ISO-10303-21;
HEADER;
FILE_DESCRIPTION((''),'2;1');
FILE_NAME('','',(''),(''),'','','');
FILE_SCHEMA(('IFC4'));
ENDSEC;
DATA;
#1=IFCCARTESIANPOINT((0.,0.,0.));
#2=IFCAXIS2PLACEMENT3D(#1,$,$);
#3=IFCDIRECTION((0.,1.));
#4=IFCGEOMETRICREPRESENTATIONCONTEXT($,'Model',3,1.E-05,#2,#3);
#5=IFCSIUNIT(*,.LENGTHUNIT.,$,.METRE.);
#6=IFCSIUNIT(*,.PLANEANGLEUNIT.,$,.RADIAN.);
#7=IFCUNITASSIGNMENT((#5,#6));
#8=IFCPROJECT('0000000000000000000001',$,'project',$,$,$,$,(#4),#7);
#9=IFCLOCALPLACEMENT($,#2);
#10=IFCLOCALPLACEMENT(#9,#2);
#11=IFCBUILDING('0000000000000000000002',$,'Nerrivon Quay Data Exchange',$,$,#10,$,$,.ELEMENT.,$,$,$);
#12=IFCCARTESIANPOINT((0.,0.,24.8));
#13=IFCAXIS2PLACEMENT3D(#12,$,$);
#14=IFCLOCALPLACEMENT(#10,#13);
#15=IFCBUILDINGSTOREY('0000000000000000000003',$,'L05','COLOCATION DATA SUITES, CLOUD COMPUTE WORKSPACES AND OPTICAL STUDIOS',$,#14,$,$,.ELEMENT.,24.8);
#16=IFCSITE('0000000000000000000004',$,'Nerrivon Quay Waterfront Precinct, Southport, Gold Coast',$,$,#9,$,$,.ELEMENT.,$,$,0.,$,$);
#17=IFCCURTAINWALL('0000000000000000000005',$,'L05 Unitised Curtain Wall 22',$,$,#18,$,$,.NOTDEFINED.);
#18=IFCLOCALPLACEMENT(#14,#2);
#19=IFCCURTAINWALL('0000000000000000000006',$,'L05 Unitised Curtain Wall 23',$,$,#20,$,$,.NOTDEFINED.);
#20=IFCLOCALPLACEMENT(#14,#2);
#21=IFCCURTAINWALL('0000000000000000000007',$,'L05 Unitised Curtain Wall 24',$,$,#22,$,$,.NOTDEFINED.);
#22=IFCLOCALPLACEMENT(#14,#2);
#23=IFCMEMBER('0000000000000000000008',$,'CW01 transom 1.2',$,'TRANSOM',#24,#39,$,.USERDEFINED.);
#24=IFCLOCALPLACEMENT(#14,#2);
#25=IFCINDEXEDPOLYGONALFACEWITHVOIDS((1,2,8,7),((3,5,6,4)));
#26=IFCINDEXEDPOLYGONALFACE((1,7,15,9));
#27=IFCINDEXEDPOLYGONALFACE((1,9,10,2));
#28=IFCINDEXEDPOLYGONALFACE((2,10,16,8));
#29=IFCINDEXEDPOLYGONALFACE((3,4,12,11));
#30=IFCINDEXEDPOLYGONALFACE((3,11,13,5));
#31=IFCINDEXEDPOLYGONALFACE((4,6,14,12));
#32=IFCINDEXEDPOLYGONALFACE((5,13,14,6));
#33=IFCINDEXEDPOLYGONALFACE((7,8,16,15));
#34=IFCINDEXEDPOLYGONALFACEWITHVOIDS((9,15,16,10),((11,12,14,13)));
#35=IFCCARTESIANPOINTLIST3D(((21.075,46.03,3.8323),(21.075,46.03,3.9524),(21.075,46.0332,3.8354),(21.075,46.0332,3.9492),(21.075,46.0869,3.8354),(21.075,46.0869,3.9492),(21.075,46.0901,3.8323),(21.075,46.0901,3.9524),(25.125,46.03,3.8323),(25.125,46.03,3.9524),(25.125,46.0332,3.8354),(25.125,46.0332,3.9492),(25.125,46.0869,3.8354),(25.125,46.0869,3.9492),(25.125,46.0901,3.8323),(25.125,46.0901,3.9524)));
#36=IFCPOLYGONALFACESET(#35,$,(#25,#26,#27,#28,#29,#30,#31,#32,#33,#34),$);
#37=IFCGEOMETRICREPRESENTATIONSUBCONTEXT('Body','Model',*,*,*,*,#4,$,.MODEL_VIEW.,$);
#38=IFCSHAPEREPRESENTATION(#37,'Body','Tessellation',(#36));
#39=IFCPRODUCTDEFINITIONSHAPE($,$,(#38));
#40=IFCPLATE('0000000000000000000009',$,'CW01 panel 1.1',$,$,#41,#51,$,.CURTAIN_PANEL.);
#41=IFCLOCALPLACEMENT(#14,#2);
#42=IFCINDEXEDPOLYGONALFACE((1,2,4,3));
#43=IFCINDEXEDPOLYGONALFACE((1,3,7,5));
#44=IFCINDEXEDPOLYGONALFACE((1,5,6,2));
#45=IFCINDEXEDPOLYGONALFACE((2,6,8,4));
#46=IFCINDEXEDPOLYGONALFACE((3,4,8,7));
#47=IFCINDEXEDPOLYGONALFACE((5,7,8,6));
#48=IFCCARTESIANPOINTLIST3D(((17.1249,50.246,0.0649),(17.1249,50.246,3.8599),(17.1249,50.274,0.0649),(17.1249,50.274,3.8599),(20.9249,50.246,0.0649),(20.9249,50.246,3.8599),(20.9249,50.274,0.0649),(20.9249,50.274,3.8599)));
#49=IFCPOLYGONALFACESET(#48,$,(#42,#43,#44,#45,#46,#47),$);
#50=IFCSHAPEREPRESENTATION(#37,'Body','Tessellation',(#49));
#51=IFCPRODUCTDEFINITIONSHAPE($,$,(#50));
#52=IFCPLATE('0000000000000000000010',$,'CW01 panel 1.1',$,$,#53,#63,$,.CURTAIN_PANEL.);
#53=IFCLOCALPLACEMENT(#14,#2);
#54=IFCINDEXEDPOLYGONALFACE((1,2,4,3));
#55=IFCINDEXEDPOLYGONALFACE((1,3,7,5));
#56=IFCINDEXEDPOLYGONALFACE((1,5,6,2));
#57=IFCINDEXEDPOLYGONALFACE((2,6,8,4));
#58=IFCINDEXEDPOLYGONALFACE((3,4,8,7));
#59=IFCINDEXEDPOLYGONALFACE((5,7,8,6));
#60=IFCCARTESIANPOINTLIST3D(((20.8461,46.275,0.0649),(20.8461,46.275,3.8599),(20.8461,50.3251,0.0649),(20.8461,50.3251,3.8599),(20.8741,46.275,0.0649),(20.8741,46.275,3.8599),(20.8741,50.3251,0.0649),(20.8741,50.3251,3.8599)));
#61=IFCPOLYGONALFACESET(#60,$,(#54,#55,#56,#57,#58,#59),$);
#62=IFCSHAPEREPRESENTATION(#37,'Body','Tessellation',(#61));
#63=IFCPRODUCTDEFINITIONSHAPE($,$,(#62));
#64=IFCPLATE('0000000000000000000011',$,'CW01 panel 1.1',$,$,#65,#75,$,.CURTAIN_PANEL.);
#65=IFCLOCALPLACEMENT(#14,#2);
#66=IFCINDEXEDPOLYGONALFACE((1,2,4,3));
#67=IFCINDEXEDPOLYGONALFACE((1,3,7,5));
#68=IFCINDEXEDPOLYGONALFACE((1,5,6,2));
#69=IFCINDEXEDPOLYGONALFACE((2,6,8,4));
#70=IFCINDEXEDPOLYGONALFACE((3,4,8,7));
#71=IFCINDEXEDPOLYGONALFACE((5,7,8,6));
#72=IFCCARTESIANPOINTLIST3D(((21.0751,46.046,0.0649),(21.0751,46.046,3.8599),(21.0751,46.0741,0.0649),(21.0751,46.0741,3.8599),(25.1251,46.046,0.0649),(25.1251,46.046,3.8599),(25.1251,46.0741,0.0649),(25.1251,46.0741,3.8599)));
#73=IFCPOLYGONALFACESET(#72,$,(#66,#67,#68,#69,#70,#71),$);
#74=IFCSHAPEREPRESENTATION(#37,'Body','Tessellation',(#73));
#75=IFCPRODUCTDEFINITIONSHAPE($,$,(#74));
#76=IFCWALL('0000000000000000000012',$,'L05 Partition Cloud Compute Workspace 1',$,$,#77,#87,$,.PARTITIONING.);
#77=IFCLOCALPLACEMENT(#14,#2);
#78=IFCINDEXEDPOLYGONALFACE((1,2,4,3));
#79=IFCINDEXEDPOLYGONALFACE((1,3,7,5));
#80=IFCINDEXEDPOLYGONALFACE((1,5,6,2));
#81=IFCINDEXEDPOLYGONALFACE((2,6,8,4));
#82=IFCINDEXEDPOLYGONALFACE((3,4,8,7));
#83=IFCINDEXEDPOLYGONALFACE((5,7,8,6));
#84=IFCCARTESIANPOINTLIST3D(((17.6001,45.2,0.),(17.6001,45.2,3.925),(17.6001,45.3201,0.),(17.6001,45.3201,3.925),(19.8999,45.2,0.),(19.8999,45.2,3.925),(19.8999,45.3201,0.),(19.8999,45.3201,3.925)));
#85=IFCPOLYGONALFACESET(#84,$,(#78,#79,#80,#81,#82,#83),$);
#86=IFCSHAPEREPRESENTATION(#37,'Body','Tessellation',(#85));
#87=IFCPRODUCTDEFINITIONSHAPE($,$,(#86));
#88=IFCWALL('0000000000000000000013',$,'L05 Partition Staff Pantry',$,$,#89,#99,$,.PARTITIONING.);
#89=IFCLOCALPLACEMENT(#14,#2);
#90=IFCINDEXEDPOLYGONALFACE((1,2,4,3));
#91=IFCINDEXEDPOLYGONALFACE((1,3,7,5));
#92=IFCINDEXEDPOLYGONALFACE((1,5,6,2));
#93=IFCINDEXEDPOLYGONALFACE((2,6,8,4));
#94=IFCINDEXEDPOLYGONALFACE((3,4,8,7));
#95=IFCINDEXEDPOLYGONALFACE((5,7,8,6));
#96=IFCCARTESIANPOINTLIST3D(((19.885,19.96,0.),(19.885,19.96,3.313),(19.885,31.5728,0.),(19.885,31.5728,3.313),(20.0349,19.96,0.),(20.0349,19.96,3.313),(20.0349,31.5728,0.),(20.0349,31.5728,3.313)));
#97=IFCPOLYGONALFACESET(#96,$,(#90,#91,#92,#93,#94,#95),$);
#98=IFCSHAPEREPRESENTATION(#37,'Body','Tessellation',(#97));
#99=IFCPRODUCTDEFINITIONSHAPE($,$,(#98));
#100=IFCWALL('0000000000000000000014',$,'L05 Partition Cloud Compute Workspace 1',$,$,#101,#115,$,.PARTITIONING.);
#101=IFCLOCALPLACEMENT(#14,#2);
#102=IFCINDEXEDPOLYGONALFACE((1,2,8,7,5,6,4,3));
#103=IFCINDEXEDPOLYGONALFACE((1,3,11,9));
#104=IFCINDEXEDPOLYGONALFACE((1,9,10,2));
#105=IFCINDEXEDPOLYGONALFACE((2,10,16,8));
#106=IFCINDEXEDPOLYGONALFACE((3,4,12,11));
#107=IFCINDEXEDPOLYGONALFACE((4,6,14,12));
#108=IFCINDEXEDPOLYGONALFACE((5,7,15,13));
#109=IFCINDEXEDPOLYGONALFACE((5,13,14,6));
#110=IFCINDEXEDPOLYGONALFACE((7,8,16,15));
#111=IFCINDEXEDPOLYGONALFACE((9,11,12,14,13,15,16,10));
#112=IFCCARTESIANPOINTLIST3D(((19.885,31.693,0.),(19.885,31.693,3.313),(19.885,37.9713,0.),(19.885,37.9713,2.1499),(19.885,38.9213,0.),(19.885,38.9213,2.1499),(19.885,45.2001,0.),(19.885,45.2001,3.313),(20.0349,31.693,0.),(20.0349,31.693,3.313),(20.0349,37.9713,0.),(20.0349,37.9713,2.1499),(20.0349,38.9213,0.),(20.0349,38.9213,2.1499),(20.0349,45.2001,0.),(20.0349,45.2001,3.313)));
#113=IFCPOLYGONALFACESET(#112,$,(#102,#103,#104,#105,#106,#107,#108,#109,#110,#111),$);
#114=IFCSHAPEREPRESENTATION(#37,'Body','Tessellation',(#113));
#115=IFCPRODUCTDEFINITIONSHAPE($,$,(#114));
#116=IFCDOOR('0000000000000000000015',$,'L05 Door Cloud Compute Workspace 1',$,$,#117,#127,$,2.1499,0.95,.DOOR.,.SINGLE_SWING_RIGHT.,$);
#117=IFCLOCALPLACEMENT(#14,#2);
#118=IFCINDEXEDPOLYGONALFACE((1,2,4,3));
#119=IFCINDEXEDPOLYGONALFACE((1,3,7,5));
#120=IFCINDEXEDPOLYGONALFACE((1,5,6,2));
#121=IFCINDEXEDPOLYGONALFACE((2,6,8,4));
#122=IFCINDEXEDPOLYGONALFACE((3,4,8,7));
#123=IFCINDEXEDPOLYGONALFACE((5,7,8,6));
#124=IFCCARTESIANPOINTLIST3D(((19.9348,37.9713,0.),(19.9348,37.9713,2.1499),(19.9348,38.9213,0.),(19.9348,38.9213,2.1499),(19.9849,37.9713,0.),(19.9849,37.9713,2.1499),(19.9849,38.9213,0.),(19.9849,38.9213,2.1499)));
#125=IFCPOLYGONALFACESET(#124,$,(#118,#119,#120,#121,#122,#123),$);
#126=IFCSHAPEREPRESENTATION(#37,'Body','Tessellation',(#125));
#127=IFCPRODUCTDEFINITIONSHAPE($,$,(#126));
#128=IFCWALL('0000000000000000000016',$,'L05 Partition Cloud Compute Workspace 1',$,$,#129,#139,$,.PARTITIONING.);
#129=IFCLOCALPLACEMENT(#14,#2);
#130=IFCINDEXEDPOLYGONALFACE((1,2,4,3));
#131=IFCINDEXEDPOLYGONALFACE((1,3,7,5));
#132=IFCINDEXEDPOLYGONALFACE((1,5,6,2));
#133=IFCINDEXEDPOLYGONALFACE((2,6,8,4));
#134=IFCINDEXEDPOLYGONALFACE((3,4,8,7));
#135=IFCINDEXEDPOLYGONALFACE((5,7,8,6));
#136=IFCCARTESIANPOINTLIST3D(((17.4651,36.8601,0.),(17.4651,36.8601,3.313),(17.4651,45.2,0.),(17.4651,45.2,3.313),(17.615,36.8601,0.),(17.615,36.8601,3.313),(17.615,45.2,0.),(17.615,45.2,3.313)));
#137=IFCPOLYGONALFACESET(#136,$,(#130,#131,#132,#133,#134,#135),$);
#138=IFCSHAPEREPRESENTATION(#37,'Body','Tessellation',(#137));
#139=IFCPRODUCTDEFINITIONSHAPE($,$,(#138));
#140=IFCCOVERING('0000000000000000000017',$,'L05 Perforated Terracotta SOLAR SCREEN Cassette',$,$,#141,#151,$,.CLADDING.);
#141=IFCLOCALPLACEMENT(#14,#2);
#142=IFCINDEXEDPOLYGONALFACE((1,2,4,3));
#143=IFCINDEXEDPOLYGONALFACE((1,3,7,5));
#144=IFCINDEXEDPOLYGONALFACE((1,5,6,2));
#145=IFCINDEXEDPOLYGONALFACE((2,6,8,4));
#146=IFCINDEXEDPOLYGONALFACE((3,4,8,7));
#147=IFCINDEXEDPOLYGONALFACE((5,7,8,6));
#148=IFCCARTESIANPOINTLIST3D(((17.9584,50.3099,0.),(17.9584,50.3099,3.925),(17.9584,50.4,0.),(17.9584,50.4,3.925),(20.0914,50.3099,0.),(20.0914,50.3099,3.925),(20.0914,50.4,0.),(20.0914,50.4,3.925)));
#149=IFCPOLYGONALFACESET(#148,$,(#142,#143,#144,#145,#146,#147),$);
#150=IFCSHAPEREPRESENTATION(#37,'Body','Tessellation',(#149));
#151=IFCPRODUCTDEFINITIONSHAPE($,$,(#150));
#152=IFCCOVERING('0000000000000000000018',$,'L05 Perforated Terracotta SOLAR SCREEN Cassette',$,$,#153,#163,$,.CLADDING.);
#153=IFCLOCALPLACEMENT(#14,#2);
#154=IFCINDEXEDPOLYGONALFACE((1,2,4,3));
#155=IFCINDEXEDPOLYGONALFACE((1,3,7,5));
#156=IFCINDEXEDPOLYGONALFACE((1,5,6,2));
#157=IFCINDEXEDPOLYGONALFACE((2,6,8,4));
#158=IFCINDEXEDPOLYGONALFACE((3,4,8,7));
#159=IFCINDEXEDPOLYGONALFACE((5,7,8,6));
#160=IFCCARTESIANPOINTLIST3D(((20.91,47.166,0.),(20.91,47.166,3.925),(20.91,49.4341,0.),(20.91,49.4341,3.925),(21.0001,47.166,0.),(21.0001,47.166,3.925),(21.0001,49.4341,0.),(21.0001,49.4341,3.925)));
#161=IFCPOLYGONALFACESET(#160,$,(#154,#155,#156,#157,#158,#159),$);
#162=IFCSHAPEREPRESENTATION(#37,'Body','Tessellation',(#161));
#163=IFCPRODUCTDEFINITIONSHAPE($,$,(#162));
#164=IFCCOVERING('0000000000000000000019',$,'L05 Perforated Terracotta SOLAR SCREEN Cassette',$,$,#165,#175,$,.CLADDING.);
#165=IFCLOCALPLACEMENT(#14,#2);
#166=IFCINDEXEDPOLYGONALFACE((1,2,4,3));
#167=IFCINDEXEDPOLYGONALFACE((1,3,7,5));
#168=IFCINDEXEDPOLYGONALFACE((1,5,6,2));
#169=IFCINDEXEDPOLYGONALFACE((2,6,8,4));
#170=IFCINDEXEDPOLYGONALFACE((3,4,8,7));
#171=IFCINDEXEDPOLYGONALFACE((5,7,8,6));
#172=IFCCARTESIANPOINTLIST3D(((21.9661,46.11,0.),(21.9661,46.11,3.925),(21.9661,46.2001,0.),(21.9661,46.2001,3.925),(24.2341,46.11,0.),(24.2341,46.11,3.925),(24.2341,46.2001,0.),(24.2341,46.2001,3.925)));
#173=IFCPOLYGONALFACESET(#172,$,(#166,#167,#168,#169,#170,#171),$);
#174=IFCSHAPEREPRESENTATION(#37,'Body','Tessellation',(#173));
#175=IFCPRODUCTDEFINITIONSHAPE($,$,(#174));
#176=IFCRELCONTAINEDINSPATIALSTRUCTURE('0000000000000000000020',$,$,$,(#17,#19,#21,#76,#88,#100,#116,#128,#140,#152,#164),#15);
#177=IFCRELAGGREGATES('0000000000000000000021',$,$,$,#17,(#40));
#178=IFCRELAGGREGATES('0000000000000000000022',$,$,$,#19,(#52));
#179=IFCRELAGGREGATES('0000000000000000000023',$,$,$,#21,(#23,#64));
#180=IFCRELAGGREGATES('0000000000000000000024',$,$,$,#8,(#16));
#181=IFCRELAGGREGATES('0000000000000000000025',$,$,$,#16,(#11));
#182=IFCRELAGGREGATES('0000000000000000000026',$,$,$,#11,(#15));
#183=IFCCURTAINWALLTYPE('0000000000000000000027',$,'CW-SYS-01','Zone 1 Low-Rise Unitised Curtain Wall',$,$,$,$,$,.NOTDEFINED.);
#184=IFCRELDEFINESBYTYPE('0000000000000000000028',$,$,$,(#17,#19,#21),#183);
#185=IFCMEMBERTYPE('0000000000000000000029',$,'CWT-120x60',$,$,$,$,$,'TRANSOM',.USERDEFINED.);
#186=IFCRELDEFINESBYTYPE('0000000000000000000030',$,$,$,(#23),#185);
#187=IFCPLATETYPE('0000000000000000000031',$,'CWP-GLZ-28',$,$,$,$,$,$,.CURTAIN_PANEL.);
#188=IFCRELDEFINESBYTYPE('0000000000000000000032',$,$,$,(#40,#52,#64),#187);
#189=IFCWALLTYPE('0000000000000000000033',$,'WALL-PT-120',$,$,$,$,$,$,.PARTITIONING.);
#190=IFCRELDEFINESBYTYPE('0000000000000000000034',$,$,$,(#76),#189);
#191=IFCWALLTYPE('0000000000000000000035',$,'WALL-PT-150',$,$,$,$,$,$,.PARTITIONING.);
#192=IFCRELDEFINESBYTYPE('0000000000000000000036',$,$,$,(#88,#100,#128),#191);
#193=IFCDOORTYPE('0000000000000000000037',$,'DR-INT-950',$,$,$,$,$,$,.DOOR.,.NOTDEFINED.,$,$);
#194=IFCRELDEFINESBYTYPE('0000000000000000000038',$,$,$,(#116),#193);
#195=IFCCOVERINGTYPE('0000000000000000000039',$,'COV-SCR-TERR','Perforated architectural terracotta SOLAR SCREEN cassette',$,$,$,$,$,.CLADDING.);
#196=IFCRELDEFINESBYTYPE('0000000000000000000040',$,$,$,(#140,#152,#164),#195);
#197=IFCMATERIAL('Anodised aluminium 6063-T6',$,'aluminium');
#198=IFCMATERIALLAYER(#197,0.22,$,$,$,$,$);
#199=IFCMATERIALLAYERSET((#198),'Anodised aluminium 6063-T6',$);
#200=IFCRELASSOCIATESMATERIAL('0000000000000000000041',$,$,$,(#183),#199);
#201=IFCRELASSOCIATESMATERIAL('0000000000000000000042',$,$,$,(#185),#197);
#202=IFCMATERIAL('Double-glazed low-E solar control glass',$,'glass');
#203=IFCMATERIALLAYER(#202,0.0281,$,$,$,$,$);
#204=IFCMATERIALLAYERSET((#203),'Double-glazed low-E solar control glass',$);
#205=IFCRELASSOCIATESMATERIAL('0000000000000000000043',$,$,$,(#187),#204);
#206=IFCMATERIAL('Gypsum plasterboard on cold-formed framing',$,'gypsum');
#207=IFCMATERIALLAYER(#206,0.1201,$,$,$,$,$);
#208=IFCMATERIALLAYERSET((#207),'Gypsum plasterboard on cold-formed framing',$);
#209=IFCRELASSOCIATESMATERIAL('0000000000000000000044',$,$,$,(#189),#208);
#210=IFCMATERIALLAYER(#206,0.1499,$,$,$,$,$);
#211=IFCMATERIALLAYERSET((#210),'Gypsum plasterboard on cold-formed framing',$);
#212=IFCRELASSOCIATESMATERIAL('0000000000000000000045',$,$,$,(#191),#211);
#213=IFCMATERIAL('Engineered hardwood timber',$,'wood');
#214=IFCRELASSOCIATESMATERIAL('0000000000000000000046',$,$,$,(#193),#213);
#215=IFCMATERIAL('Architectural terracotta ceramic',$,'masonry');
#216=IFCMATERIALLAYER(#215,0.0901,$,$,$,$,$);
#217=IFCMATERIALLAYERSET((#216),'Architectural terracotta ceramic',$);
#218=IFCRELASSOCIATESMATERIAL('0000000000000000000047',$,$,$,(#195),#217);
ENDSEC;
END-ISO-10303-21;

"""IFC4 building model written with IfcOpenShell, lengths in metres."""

from ifc_helpers import new_model, si_unit, direction, frame, frame_2d, origin, origin_2d, place, context, subcontext, project, spatial, rectangle, hollow_rectangle, extrude, material, layer, layer_set, material_profile, profile_set, type_object, element, fill, aggregate, save


model = new_model("IFC4")

# Units and contexts
model_context = context("Model", 3, precision=1e-05, world=origin(), true_north=direction((0.0, 1.0)))
body_context = subcontext(model_context, "Body", "Model", "MODEL_VIEW")
ifc_project = project(units=[si_unit("LENGTHUNIT", "METRE"), si_unit("PLANEANGLEUNIT", "RADIAN")], contexts=[model_context])

# Site, building, storey
site_placement = place(None, origin())
site = spatial("IfcSite", under=ifc_project, at=site_placement, Name="Nerrivon Quay Waterfront Precinct, Southport, Gold Coast", CompositionType="ELEMENT", RefElevation=0.0)
building_placement = place(site_placement, origin())
building = spatial("IfcBuilding", under=site, at=building_placement, Name="Nerrivon Quay Data Exchange", CompositionType="ELEMENT")
storey_placement = place(building_placement, frame((0.0, 0.0, 24.8)))
storey = spatial("IfcBuildingStorey", under=building, at=storey_placement, Name="L05", Description="COLOCATION DATA SUITES, CLOUD COMPUTE WORKSPACES AND OPTICAL STUDIOS", CompositionType="ELEMENT", Elevation=24.8)

# Curtain walls
ifc_material_1 = material(Name="Anodised aluminium 6063-T6", Category="aluminium")
ifc_layer_1 = layer(ifc_material_1, 0.22)
ifc_layer_set_1 = layer_set([ifc_layer_1], Name="Anodised aluminium 6063-T6")
curtain_wall_type = type_object("IfcCurtainWallType", Name="CW-SYS-01", Description="Zone 1 Low-Rise Unitised Curtain Wall", PredefinedType="NOTDEFINED", material=ifc_layer_set_1)
curtain_wall_1_placement = place(storey_placement, origin())
curtain_wall_1 = element("IfcCurtainWall", 1, at=curtain_wall_1_placement, inside=storey, type_object=curtain_wall_type, Name="L05 Unitised Curtain Wall 22", PredefinedType="NOTDEFINED")
curtain_wall_2_placement = place(storey_placement, origin())
curtain_wall_2 = element("IfcCurtainWall", 2, at=curtain_wall_2_placement, inside=storey, type_object=curtain_wall_type, Name="L05 Unitised Curtain Wall 23", PredefinedType="NOTDEFINED")

# Curtain wall
curtain_wall_3_placement = place(storey_placement, origin())
curtain_wall_3 = element("IfcCurtainWall", 3, at=curtain_wall_3_placement, inside=storey, type_object=curtain_wall_type, Name="L05 Unitised Curtain Wall 24", PredefinedType="NOTDEFINED")

# Member
ifc_material_profile_1 = material_profile(ifc_material_1, hollow_rectangle(XDim=0.0601, YDim=0.1201, WallThickness=0.0032, at=origin_2d()), Name="ALU-TRAN-120x60")
ifc_profile_set_1 = profile_set([ifc_material_profile_1], Name="Anodised aluminium 6063-T6")
member_type_1 = type_object("IfcMemberType", Name="CWT-120x60", ElementType="TRANSOM", PredefinedType="USERDEFINED", material=ifc_profile_set_1)
member_1_placement = place(storey_placement, frame((21.075, 46.0601, 3.8923), z_axis=(1.0, 0.0, 0.0), x_axis=(0.0, 1.0, 0.0)))
member_1 = element("IfcMember", 4, at=member_1_placement, type_object=member_type_1, Name="CW01 transom 1.2", ObjectType="TRANSOM", PredefinedType="USERDEFINED", context=body_context, shape_type="SweptSolid", body=[
    extrude(hollow_rectangle(XDim=0.0601, YDim=0.1201, WallThickness=0.0032, at=origin_2d()), origin(), (0.0, 0.0, 1.0), 4.05),
])

# Plates
ifc_material_2 = material(Name="Double-glazed low-E solar control glass", Category="glass")
ifc_layer_2 = layer(ifc_material_2, 0.0281)
ifc_layer_set_2 = layer_set([ifc_layer_2], Name="Double-glazed low-E solar control glass")
plate_type = type_object("IfcPlateType", Name="CWP-GLZ-28", PredefinedType="CURTAIN_PANEL", material=ifc_layer_set_2)
plate_1_placement = place(storey_placement, frame((19.0249, 50.26, 0.0649), z_axis=(0.0, 0.0, 1.0), x_axis=(1.0, 0.0, 0.0)))
plate_1 = element("IfcPlate", 5, at=plate_1_placement, type_object=plate_type, Name="CW01 panel 1.1", PredefinedType="CURTAIN_PANEL", context=body_context, shape_type="SweptSolid", body=[
    extrude(rectangle(XDim=3.8, YDim=0.0281, at=origin_2d()), origin(), (0.0, 0.0, 1.0), 3.7949),
])
aggregate(curtain_wall_1, [plate_1])
plate_2_placement = place(storey_placement, frame((20.8601, 48.3, 0.0649), z_axis=(0.0, 0.0, 1.0), x_axis=(0.0, -1.0, 0.0)))
plate_2 = element("IfcPlate", 6, at=plate_2_placement, type_object=plate_type, Name="CW01 panel 1.1", PredefinedType="CURTAIN_PANEL", context=body_context, shape_type="SweptSolid", body=[
    extrude(rectangle(XDim=4.05, YDim=0.0281, at=origin_2d()), origin(), (0.0, 0.0, 1.0), 3.7949),
])
aggregate(curtain_wall_2, [plate_2])
plate_3_placement = place(storey_placement, frame((23.1001, 46.0601, 0.0649), z_axis=(0.0, 0.0, 1.0), x_axis=(1.0, 0.0, 0.0)))
plate_3 = element("IfcPlate", 7, at=plate_3_placement, type_object=plate_type, Name="CW01 panel 1.1", PredefinedType="CURTAIN_PANEL", context=body_context, shape_type="SweptSolid", body=[
    extrude(rectangle(XDim=4.05, YDim=0.0281, at=origin_2d()), origin(), (0.0, 0.0, 1.0), 3.7949),
])
aggregate(curtain_wall_3, [member_1, plate_3])

# Walls
ifc_material_3 = material(Name="Gypsum plasterboard on cold-formed framing", Category="gypsum")
ifc_layer_3 = layer(ifc_material_3, 0.1201)
ifc_layer_set_3 = layer_set([ifc_layer_3], Name="Gypsum plasterboard on cold-formed framing")
wall_type_1 = type_object("IfcWallType", Name="WALL-PT-120", PredefinedType="PARTITIONING", material=ifc_layer_set_3)
wall_1_placement = place(storey_placement, frame((17.6001, 45.26, 0.0), z_axis=(0.0, 0.0, 1.0), x_axis=(1.0, 0.0, 0.0)))
element("IfcWall", 8, at=wall_1_placement, inside=storey, type_object=wall_type_1, Name="L05 Partition Cloud Compute Workspace 1", PredefinedType="PARTITIONING", context=body_context, shape_type="SweptSolid", body=[
    extrude(rectangle(XDim=2.2998, YDim=0.1201, at=frame_2d((1.1499, 0.0))), origin(), (0.0, 0.0, 1.0), 3.925),
])
ifc_layer_4 = layer(ifc_material_3, 0.1499)
ifc_layer_set_4 = layer_set([ifc_layer_4], Name="Gypsum plasterboard on cold-formed framing")
wall_type_2 = type_object("IfcWallType", Name="WALL-PT-150", PredefinedType="PARTITIONING", material=ifc_layer_set_4)
wall_2_placement = place(storey_placement, frame((19.96, 31.5728, 0.0), z_axis=(0.0, 0.0, 1.0), x_axis=(0.0, -1.0, 0.0)))
element("IfcWall", 9, at=wall_2_placement, inside=storey, type_object=wall_type_2, Name="L05 Partition Staff Pantry", PredefinedType="PARTITIONING", context=body_context, shape_type="SweptSolid", body=[
    extrude(rectangle(XDim=11.6128, YDim=0.1499, at=frame_2d((5.8064, 0.0))), origin(), (0.0, 0.0, 1.0), 3.313),
])

# Wall, opening, door
wall_3_placement = place(storey_placement, frame((19.96, 45.2, 0.0), z_axis=(0.0, 0.0, 1.0), x_axis=(0.0, -1.0, 0.0)))
wall_3 = element("IfcWall", 10, at=wall_3_placement, inside=storey, type_object=wall_type_2, Name="L05 Partition Cloud Compute Workspace 1", PredefinedType="PARTITIONING", context=body_context, shape_type="SweptSolid", body=[
    extrude(rectangle(XDim=13.5071, YDim=0.1499, at=frame_2d((6.7534, 0.0))), origin(), (0.0, 0.0, 1.0), 3.313),
])
opening_placement = place(wall_3_placement, frame((6.2786, 0.0, 0.0)))
opening = element("IfcOpeningElement", 11, at=opening_placement, cuts=wall_3, PredefinedType="OPENING", context=body_context, shape_type="SweptSolid", body=[
    extrude(rectangle(XDim=0.95, YDim=2.1499, at=frame_2d((0.4751, 1.075))), frame((0.0, 0.085, 0.0), z_axis=(0.0, -1.0, 0.0), x_axis=(1.0, 0.0, 0.0)), (0.0, 0.0, 1.0), 0.1699),
])
ifc_material_4 = material(Name="Engineered hardwood timber", Category="wood")
door_type = type_object("IfcDoorType", Name="DR-INT-950", OperationType="NOTDEFINED", PredefinedType="DOOR", material=ifc_material_4)
door_placement = place(opening_placement, origin())
door = element("IfcDoor", 12, at=door_placement, inside=storey, type_object=door_type, Name="L05 Door Cloud Compute Workspace 1", OperationType="SINGLE_SWING_RIGHT", OverallHeight=2.1499, OverallWidth=0.95, PredefinedType="DOOR", context=body_context, shape_type="SweptSolid", body=[
    extrude(rectangle(XDim=0.95, YDim=2.1499, at=frame_2d((0.4751, 1.075))), frame((0.0, 0.0249, 0.0), z_axis=(0.0, -1.0, 0.0), x_axis=(1.0, 0.0, 0.0)), (0.0, 0.0, 1.0), 0.05),
])
fill(opening, door)

# Wall
wall_4_placement = place(storey_placement, frame((17.54, 36.8601, 0.0), z_axis=(0.0, 0.0, 1.0), x_axis=(0.0, 1.0, 0.0)))
element("IfcWall", 13, at=wall_4_placement, inside=storey, type_object=wall_type_2, Name="L05 Partition Cloud Compute Workspace 1", PredefinedType="PARTITIONING", context=body_context, shape_type="SweptSolid", body=[
    extrude(rectangle(XDim=8.3398, YDim=0.1499, at=frame_2d((4.1699, 0.0))), origin(), (0.0, 0.0, 1.0), 3.313),
])

# Coverings
ifc_material_5 = material(Name="Architectural terracotta ceramic", Category="masonry")
ifc_layer_5 = layer(ifc_material_5, 0.0901)
ifc_layer_set_5 = layer_set([ifc_layer_5], Name="Architectural terracotta ceramic")
covering_type = type_object("IfcCoveringType", Name="COV-SCR-TERR", Description="Perforated architectural terracotta SOLAR SCREEN cassette", PredefinedType="CLADDING", material=ifc_layer_set_5)
covering_placement = place(storey_placement, frame((19.0249, 50.355, 0.0), z_axis=(0.0, 0.0, 1.0), x_axis=(1.0, 0.0, 0.0)))
element("IfcCovering", 14, at=covering_placement, inside=storey, type_object=covering_type, Name="L05 Perforated Terracotta SOLAR SCREEN Cassette", PredefinedType="CLADDING", context=body_context, shape_type="SweptSolid", body=[
    extrude(rectangle(XDim=2.1331, YDim=0.0901, at=origin_2d()), origin(), (0.0, 0.0, 1.0), 3.925),
])
for number, where, z_axis, x_axis, name in (
    (15, (20.9551, 48.3, 0.0), (0.0, 0.0, 1.0), (0.0, -1.0, 0.0), "L05 Perforated Terracotta SOLAR SCREEN Cassette"),
    (16, (23.1001, 46.155, 0.0), (0.0, 0.0, 1.0), (1.0, 0.0, 0.0), "L05 Perforated Terracotta SOLAR SCREEN Cassette"),
):
    element("IfcCovering", number, at=place(storey_placement, frame(where, z_axis=z_axis, x_axis=x_axis)), inside=storey, type_object=covering_type, Name=name, PredefinedType="CLADDING", context=body_context, shape_type="SweptSolid", body=[
        extrude(rectangle(XDim=2.2681, YDim=0.0901, at=origin_2d()), origin(), (0.0, 0.0, 1.0), 3.925),
    ])

save(model, "model.ifc")
